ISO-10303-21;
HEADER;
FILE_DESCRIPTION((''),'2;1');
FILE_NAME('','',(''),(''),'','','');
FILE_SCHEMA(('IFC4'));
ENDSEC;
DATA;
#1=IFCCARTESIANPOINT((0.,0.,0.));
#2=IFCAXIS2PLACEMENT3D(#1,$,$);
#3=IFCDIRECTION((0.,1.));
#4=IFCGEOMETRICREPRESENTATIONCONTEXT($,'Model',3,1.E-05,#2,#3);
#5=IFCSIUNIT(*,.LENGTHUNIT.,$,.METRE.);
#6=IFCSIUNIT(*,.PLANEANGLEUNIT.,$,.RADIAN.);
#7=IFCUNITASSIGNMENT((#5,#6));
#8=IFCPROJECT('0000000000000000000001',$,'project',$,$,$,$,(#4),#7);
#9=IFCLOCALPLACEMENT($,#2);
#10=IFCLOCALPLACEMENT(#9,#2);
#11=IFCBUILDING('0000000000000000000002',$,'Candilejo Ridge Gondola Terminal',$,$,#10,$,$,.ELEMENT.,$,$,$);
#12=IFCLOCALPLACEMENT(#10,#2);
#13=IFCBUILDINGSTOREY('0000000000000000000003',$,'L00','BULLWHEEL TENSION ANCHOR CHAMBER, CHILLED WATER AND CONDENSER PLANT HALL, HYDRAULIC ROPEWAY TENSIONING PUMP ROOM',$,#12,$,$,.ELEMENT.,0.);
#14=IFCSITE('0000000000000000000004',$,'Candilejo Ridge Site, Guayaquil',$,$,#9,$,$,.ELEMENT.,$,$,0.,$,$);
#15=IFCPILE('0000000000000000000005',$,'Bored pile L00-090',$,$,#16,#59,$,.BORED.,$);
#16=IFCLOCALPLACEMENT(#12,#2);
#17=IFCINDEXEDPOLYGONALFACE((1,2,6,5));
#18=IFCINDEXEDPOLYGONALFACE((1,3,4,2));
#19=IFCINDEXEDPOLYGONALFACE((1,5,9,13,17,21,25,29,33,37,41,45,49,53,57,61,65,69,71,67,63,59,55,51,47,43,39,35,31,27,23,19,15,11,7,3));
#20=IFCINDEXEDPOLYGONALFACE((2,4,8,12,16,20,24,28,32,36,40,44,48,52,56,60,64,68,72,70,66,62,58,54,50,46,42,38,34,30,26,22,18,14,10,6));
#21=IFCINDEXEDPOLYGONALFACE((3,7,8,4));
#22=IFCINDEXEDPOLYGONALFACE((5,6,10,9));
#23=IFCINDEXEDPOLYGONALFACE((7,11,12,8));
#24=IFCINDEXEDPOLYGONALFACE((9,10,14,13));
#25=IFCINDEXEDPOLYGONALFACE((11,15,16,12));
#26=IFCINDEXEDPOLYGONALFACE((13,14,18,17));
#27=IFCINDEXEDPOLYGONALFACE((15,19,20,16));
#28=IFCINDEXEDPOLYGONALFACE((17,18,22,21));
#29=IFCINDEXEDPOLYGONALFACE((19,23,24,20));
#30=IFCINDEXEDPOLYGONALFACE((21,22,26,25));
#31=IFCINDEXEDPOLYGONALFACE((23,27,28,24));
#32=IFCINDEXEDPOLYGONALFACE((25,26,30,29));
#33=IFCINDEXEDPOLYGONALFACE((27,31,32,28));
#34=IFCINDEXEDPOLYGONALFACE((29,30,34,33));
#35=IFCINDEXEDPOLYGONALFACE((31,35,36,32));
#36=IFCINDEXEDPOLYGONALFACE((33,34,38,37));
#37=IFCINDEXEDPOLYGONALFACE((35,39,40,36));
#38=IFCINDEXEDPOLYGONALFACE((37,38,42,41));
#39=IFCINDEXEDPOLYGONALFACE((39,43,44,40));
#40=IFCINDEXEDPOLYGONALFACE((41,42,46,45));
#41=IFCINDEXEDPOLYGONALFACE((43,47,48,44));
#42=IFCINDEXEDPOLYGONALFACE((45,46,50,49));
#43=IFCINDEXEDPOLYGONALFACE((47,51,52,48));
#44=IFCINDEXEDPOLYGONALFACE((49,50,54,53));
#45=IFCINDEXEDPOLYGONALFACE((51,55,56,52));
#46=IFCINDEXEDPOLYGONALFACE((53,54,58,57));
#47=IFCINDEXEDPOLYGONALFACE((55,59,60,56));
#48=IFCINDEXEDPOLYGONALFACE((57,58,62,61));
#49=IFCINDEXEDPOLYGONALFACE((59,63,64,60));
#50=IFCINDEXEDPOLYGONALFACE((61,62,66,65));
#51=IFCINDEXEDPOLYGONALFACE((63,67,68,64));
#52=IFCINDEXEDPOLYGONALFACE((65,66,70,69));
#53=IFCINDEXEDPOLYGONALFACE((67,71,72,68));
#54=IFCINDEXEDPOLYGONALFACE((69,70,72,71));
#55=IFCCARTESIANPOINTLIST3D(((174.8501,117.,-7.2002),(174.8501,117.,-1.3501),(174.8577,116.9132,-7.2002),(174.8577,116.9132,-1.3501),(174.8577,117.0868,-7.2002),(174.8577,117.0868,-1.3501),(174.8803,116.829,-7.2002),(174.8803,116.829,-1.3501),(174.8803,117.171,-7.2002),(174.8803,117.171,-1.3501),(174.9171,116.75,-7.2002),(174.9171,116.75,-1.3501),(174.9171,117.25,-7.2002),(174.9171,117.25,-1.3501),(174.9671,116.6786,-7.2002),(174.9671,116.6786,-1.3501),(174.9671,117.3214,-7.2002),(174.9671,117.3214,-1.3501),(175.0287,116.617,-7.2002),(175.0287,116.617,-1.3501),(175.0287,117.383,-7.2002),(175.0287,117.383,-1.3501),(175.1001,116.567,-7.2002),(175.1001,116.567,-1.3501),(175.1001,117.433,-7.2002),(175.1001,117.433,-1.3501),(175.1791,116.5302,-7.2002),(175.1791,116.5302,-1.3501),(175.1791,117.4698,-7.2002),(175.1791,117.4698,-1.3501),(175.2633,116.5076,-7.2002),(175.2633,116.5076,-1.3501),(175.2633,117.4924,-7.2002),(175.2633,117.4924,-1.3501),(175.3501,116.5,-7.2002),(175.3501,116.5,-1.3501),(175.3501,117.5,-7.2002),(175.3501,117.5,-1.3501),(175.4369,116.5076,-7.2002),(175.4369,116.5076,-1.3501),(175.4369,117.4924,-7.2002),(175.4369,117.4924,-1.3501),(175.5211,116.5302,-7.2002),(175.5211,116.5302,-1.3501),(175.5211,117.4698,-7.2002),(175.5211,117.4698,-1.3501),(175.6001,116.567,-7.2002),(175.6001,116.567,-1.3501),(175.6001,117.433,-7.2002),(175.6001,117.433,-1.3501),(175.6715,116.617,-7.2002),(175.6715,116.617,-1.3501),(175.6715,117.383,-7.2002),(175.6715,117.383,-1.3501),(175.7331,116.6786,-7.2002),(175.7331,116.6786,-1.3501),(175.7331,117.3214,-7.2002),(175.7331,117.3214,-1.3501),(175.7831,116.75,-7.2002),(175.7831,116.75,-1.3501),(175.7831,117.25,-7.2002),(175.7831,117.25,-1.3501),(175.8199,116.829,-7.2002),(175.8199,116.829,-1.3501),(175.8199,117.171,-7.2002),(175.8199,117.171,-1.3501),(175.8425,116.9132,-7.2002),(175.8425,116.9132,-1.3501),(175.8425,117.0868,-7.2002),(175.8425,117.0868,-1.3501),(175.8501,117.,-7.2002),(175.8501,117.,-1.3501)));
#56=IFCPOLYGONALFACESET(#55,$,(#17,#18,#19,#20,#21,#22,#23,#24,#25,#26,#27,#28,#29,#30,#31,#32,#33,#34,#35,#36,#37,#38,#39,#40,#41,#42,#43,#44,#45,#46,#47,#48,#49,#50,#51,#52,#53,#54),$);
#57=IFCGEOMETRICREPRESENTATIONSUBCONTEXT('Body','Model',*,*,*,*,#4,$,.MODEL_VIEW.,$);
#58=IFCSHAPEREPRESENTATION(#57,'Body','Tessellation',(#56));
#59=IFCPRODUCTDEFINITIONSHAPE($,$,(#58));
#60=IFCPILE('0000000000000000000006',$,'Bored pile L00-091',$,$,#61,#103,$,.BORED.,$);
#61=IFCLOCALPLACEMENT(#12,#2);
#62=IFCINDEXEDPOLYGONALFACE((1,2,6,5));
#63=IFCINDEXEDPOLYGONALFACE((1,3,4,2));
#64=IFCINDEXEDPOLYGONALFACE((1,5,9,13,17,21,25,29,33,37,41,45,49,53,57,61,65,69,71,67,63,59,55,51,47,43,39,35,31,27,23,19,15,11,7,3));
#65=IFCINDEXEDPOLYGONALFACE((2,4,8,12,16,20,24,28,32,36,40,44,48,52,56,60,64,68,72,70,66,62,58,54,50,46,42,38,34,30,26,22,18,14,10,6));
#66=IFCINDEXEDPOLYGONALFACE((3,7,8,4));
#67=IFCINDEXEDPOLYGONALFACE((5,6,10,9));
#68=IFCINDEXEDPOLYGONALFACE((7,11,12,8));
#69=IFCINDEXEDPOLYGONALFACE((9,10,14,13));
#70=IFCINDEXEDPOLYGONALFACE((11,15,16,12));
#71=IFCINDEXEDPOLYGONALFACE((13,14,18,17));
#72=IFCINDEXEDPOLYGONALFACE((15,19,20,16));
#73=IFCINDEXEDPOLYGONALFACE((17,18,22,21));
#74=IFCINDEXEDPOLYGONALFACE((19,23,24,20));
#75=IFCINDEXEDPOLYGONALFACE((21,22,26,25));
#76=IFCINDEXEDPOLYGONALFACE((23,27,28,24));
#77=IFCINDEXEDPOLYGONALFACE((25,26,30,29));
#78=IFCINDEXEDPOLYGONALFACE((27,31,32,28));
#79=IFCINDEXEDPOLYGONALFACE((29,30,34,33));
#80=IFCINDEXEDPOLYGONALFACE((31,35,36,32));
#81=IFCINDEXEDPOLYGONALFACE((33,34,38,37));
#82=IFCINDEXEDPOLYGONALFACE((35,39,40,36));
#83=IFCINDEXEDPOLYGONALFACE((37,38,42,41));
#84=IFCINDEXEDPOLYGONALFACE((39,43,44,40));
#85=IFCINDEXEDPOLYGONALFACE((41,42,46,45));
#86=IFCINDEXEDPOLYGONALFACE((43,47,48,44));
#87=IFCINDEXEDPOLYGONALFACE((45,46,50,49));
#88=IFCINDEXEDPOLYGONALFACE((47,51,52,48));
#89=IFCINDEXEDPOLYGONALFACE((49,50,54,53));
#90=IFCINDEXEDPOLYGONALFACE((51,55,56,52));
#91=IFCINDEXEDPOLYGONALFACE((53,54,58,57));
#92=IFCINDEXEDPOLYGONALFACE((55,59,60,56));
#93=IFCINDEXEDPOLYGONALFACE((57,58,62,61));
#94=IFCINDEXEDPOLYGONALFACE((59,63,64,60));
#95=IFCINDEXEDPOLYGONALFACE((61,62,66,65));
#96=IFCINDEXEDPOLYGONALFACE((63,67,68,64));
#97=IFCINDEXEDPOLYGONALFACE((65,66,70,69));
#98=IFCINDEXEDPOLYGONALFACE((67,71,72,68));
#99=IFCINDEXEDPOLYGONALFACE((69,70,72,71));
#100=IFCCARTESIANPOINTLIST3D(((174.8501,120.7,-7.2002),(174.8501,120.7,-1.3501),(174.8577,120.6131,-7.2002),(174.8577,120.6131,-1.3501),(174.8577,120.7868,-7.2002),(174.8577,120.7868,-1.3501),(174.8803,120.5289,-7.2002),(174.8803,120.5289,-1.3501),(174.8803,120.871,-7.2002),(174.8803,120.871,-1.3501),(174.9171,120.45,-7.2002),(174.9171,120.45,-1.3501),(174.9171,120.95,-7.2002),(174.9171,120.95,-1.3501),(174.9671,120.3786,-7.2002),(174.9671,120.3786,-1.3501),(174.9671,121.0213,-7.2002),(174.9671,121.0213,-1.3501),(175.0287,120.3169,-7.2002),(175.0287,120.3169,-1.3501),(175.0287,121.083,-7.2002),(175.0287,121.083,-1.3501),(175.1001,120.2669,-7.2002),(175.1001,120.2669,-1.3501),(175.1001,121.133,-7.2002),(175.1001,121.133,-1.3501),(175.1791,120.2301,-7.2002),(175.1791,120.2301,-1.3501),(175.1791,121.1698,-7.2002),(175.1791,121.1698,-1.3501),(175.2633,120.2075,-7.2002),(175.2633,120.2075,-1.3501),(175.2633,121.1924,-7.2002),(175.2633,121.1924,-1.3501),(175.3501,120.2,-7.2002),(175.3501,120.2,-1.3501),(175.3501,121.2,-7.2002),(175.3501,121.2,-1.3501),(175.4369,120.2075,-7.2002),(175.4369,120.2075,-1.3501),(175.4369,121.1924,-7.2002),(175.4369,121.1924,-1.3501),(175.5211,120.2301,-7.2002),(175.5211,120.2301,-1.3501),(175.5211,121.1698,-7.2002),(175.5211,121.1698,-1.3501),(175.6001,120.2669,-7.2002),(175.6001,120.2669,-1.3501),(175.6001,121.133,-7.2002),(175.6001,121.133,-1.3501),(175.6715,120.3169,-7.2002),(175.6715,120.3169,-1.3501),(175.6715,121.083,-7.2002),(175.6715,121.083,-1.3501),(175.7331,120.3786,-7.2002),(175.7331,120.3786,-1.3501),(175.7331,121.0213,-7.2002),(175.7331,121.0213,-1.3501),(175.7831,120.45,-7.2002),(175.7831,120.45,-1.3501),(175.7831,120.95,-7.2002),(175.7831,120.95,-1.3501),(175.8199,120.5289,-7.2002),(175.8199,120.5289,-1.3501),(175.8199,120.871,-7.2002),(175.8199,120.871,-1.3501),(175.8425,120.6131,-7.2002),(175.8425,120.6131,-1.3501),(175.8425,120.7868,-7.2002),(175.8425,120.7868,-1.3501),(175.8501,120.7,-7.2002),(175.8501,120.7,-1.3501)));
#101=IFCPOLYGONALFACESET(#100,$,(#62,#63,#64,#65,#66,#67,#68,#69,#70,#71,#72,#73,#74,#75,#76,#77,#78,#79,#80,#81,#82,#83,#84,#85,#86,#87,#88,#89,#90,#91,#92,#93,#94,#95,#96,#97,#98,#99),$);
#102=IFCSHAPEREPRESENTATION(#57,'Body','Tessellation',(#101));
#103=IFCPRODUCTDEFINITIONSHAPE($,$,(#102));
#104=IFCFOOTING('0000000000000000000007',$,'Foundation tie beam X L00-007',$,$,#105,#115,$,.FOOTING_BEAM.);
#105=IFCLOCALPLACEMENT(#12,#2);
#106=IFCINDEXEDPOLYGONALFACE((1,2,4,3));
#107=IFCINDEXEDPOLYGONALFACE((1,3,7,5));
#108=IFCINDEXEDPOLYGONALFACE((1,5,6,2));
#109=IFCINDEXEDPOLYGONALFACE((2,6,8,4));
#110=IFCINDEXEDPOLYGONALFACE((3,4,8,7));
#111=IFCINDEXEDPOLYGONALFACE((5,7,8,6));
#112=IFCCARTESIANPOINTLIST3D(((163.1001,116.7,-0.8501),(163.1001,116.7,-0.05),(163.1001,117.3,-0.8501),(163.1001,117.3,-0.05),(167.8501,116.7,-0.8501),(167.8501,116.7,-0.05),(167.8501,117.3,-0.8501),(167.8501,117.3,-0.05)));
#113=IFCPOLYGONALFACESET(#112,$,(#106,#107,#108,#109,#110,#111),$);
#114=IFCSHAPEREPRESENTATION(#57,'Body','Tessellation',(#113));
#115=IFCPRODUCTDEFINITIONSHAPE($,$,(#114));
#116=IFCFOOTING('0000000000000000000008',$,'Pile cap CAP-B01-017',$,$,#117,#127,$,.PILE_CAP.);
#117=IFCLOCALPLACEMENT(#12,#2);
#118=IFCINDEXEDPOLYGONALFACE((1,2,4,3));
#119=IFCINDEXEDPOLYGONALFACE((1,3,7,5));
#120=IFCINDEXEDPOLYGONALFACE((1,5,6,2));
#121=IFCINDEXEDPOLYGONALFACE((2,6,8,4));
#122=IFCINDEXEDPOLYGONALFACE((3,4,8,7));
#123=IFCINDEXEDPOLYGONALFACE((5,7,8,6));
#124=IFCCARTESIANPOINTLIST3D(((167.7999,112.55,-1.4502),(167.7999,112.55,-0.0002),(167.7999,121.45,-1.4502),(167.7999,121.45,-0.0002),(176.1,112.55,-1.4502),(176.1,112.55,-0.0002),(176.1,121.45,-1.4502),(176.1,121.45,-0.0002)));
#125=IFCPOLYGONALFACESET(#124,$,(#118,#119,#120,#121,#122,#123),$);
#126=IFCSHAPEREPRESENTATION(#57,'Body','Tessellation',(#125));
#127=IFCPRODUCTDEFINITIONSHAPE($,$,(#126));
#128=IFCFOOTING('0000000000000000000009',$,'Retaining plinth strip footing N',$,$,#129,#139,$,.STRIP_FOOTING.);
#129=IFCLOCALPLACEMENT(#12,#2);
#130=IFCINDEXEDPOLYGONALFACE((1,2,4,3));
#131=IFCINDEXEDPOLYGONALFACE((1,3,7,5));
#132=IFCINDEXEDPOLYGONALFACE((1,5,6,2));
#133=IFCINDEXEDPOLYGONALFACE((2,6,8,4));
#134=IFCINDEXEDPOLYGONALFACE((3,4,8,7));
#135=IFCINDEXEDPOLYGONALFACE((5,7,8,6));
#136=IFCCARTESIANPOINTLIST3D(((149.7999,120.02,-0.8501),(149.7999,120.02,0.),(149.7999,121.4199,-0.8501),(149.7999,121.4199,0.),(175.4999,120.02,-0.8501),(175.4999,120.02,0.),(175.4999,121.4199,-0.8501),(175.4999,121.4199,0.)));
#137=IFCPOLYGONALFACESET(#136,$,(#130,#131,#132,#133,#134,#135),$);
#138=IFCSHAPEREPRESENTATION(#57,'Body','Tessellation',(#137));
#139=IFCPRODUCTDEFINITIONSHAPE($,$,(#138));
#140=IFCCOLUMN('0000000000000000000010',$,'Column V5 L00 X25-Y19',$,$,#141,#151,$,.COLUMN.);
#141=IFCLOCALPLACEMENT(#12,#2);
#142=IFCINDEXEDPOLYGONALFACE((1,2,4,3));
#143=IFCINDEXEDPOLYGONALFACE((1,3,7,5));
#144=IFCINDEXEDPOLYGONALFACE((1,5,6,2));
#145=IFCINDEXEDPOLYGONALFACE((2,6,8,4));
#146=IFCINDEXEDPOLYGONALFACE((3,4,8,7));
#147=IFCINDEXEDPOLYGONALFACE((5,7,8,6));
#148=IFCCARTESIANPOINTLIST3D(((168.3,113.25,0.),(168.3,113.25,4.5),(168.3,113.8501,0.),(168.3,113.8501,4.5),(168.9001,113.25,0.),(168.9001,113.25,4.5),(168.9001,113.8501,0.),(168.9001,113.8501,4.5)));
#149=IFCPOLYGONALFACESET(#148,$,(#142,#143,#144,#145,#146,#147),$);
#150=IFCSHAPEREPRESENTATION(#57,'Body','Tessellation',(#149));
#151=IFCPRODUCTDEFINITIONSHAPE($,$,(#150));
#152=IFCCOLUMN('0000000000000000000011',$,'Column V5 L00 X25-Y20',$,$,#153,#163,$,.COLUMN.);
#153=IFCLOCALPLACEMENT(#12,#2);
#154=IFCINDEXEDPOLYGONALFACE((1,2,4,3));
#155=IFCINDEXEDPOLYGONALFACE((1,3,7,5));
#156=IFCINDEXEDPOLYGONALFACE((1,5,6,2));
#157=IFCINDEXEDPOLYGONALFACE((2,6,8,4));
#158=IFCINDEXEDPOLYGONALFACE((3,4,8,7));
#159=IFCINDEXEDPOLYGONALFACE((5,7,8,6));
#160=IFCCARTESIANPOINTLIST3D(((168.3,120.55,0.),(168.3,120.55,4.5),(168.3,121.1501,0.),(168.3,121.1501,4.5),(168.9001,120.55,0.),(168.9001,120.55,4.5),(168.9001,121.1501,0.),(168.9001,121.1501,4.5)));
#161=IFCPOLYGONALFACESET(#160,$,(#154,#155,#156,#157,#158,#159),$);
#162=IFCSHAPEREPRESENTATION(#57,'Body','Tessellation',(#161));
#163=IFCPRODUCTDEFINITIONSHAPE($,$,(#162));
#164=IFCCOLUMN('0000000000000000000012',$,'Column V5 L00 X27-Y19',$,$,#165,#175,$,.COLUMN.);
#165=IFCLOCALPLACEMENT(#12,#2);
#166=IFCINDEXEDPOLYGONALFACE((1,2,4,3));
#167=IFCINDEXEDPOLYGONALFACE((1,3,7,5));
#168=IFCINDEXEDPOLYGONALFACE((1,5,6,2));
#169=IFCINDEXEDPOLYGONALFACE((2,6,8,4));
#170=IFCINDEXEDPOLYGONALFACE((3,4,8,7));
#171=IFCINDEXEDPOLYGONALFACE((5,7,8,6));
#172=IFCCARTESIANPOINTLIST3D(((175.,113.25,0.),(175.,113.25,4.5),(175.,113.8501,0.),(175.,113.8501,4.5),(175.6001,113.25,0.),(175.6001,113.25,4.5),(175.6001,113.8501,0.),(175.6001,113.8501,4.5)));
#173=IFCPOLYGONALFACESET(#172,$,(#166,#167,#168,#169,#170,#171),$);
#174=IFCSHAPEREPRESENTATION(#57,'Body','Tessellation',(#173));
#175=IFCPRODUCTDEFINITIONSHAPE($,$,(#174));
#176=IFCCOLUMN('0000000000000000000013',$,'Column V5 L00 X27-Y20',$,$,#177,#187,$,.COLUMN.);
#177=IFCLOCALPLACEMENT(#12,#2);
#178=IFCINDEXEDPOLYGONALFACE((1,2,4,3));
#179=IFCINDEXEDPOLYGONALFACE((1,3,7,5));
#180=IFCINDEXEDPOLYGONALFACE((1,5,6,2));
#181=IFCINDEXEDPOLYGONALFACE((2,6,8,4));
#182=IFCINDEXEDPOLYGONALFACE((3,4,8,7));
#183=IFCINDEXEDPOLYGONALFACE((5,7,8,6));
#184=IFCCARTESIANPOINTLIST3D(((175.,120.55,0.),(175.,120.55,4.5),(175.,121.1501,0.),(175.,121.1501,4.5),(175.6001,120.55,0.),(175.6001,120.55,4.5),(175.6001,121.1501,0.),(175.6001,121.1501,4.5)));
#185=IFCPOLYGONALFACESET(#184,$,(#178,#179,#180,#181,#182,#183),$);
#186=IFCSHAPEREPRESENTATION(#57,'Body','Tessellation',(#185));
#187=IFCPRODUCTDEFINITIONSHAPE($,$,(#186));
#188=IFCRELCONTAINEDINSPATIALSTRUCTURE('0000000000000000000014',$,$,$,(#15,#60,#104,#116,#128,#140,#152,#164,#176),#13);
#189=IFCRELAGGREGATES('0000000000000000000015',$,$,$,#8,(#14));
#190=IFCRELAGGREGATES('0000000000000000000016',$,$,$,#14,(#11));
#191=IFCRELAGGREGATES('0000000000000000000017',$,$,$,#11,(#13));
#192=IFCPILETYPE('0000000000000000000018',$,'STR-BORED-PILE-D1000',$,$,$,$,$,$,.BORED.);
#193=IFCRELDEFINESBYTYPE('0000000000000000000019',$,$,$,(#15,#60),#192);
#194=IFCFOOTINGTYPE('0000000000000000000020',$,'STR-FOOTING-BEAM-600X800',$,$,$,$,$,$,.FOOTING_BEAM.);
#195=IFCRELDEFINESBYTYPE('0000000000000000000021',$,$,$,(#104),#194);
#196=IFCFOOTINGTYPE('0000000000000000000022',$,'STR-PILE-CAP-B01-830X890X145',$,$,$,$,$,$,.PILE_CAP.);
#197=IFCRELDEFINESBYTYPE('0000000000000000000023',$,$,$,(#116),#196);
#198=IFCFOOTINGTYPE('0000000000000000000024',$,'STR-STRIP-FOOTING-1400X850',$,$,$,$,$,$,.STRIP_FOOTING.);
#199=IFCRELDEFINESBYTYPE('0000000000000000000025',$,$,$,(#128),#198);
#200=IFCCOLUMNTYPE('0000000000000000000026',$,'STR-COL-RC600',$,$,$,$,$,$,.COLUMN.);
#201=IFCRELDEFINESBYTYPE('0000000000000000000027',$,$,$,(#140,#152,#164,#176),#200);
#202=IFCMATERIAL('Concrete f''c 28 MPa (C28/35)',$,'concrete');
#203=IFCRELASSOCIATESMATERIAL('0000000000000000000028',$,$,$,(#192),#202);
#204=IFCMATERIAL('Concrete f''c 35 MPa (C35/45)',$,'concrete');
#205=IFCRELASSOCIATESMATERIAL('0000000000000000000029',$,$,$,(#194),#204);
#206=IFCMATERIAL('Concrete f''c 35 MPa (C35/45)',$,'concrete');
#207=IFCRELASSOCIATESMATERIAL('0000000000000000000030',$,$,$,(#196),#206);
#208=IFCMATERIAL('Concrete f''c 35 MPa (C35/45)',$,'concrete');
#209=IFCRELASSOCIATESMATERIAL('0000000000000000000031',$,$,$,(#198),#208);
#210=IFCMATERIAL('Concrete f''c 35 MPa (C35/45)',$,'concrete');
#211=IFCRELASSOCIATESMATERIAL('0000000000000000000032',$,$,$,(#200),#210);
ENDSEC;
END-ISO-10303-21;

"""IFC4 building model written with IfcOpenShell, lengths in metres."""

from ifc_helpers import new_model, si_unit, direction, frame, origin, origin_2d, place, context, subcontext, project, spatial, rectangle, circle, extrude, material, material_profile, profile_set, type_object, element, save


model = new_model("IFC4")

# Units and contexts
model_context = context("Model", 3, precision=1e-05, world=origin(), true_north=direction((0.0, 1.0)))
body_context = subcontext(model_context, "Body", "Model", "MODEL_VIEW")
ifc_project = project(units=[si_unit("LENGTHUNIT", "METRE"), si_unit("PLANEANGLEUNIT", "RADIAN")], contexts=[model_context])

# Site, building, storey
site_placement = place(None, origin())
site = spatial("IfcSite", under=ifc_project, at=site_placement, Name="Candilejo Ridge Site, Guayaquil", CompositionType="ELEMENT", RefElevation=0.0)
building_placement = place(site_placement, origin())
building = spatial("IfcBuilding", under=site, at=building_placement, Name="Candilejo Ridge Gondola Terminal", CompositionType="ELEMENT")
storey_placement = place(building_placement, origin())
storey = spatial("IfcBuildingStorey", under=building, at=storey_placement, Name="L00", Description="BULLWHEEL TENSION ANCHOR CHAMBER, CHILLED WATER AND CONDENSER PLANT HALL, HYDRAULIC ROPEWAY TENSIONING PUMP ROOM", CompositionType="ELEMENT", Elevation=0.0)

# Piles
ifc_material_1 = material(Name="Concrete f'c 28 MPa (C28/35)", Category="concrete")
ifc_material_profile_1 = material_profile(ifc_material_1, circle(Radius=0.5, at=origin_2d()))
ifc_profile_set_1 = profile_set([ifc_material_profile_1], Name="Concrete f'c 28 MPa (C28/35)")
pile_type = type_object("IfcPileType", Name="STR-BORED-PILE-D1000", PredefinedType="BORED", material=ifc_profile_set_1)
for number, where, z_axis, x_axis, name in (
    (1, (175.3501, 117.0, -1.3501), (0.0, 0.0, -1.0), (1.0, 0.0, 0.0), "Bored pile L00-090"),
    (2, (175.3501, 120.7, -1.3501), (0.0, 0.0, -1.0), (1.0, 0.0, 0.0), "Bored pile L00-091"),
):
    element("IfcPile", number, at=place(storey_placement, frame(where, z_axis=z_axis, x_axis=x_axis)), inside=storey, type_object=pile_type, Name=name, PredefinedType="BORED", context=body_context, shape_type="SweptSolid", body=[
        extrude(circle(Radius=0.5, at=origin_2d()), origin(), (0.0, 0.0, 1.0), 5.8501),
    ])

# Footings
ifc_material_2 = material(Name="Concrete f'c 35 MPa (C35/45)", Category="concrete")
footing_type_1 = type_object("IfcFootingType", Name="STR-FOOTING-BEAM-600X800", PredefinedType="FOOTING_BEAM", material=ifc_material_2)
footing_1_placement = place(storey_placement, frame((165.4751, 117.0, -0.8501), z_axis=(0.0, 0.0, 1.0), x_axis=(1.0, 0.0, 0.0)))
element("IfcFooting", 3, at=footing_1_placement, inside=storey, type_object=footing_type_1, Name="Foundation tie beam X L00-007", PredefinedType="FOOTING_BEAM", context=body_context, shape_type="SweptSolid", body=[
    extrude(rectangle(XDim=4.75, YDim=0.6001, at=origin_2d()), origin(), (0.0, 0.0, 1.0), 0.8),
])
ifc_material_3 = material(Name="Concrete f'c 35 MPa (C35/45)", Category="concrete")
footing_type_2 = type_object("IfcFootingType", Name="STR-PILE-CAP-B01-830X890X145", PredefinedType="PILE_CAP", material=ifc_material_3)
footing_2_placement = place(storey_placement, frame((171.95, 117.0, -1.4502), z_axis=(0.0, 0.0, 1.0), x_axis=(1.0, 0.0, 0.0)))
element("IfcFooting", 4, at=footing_2_placement, inside=storey, type_object=footing_type_2, Name="Pile cap CAP-B01-017", PredefinedType="PILE_CAP", context=body_context, shape_type="SweptSolid", body=[
    extrude(rectangle(XDim=8.3, YDim=8.8999, at=origin_2d()), origin(), (0.0, 0.0, 1.0), 1.45),
])
ifc_material_4 = material(Name="Concrete f'c 35 MPa (C35/45)", Category="concrete")
footing_type_3 = type_object("IfcFootingType", Name="STR-STRIP-FOOTING-1400X850", PredefinedType="STRIP_FOOTING", material=ifc_material_4)
footing_3_placement = place(storey_placement, frame((162.6499, 120.72, -0.8501), z_axis=(0.0, 0.0, 1.0), x_axis=(1.0, 0.0, 0.0)))
element("IfcFooting", 5, at=footing_3_placement, inside=storey, type_object=footing_type_3, Name="Retaining plinth strip footing N", PredefinedType="STRIP_FOOTING", context=body_context, shape_type="SweptSolid", body=[
    extrude(rectangle(XDim=25.7, YDim=1.3999, at=origin_2d()), origin(), (0.0, 0.0, 1.0), 0.8501),
])

# Columns
ifc_material_5 = material(Name="Concrete f'c 35 MPa (C35/45)", Category="concrete")
ifc_material_profile_2 = material_profile(ifc_material_5, rectangle(XDim=0.6001, YDim=0.6001, at=origin_2d()))
ifc_profile_set_2 = profile_set([ifc_material_profile_2], Name="Concrete f'c 35 MPa (C35/45)")
column_type = type_object("IfcColumnType", Name="STR-COL-RC600", PredefinedType="COLUMN", material=ifc_profile_set_2)
for number, where, z_axis, x_axis, name in (
    (6, (168.6001, 113.55, 0.0), (0.0, 0.0, 1.0), (1.0, 0.0, 0.0), "Column V5 L00 X25-Y19"),
    (7, (168.6001, 120.8501, 0.0), (0.0, 0.0, 1.0), (1.0, 0.0, 0.0), "Column V5 L00 X25-Y20"),
    (8, (175.3, 113.55, 0.0), (0.0, 0.0, 1.0), (1.0, 0.0, 0.0), "Column V5 L00 X27-Y19"),
    (9, (175.3, 120.8501, 0.0), (0.0, 0.0, 1.0), (1.0, 0.0, 0.0), "Column V5 L00 X27-Y20"),
):
    element("IfcColumn", number, at=place(storey_placement, frame(where, z_axis=z_axis, x_axis=x_axis)), inside=storey, type_object=column_type, Name=name, PredefinedType="COLUMN", context=body_context, shape_type="SweptSolid", body=[
        extrude(rectangle(XDim=0.6001, YDim=0.6001, at=origin_2d()), origin(), (0.0, 0.0, 1.0), 4.5),
    ])

save(model, "model.ifc")
